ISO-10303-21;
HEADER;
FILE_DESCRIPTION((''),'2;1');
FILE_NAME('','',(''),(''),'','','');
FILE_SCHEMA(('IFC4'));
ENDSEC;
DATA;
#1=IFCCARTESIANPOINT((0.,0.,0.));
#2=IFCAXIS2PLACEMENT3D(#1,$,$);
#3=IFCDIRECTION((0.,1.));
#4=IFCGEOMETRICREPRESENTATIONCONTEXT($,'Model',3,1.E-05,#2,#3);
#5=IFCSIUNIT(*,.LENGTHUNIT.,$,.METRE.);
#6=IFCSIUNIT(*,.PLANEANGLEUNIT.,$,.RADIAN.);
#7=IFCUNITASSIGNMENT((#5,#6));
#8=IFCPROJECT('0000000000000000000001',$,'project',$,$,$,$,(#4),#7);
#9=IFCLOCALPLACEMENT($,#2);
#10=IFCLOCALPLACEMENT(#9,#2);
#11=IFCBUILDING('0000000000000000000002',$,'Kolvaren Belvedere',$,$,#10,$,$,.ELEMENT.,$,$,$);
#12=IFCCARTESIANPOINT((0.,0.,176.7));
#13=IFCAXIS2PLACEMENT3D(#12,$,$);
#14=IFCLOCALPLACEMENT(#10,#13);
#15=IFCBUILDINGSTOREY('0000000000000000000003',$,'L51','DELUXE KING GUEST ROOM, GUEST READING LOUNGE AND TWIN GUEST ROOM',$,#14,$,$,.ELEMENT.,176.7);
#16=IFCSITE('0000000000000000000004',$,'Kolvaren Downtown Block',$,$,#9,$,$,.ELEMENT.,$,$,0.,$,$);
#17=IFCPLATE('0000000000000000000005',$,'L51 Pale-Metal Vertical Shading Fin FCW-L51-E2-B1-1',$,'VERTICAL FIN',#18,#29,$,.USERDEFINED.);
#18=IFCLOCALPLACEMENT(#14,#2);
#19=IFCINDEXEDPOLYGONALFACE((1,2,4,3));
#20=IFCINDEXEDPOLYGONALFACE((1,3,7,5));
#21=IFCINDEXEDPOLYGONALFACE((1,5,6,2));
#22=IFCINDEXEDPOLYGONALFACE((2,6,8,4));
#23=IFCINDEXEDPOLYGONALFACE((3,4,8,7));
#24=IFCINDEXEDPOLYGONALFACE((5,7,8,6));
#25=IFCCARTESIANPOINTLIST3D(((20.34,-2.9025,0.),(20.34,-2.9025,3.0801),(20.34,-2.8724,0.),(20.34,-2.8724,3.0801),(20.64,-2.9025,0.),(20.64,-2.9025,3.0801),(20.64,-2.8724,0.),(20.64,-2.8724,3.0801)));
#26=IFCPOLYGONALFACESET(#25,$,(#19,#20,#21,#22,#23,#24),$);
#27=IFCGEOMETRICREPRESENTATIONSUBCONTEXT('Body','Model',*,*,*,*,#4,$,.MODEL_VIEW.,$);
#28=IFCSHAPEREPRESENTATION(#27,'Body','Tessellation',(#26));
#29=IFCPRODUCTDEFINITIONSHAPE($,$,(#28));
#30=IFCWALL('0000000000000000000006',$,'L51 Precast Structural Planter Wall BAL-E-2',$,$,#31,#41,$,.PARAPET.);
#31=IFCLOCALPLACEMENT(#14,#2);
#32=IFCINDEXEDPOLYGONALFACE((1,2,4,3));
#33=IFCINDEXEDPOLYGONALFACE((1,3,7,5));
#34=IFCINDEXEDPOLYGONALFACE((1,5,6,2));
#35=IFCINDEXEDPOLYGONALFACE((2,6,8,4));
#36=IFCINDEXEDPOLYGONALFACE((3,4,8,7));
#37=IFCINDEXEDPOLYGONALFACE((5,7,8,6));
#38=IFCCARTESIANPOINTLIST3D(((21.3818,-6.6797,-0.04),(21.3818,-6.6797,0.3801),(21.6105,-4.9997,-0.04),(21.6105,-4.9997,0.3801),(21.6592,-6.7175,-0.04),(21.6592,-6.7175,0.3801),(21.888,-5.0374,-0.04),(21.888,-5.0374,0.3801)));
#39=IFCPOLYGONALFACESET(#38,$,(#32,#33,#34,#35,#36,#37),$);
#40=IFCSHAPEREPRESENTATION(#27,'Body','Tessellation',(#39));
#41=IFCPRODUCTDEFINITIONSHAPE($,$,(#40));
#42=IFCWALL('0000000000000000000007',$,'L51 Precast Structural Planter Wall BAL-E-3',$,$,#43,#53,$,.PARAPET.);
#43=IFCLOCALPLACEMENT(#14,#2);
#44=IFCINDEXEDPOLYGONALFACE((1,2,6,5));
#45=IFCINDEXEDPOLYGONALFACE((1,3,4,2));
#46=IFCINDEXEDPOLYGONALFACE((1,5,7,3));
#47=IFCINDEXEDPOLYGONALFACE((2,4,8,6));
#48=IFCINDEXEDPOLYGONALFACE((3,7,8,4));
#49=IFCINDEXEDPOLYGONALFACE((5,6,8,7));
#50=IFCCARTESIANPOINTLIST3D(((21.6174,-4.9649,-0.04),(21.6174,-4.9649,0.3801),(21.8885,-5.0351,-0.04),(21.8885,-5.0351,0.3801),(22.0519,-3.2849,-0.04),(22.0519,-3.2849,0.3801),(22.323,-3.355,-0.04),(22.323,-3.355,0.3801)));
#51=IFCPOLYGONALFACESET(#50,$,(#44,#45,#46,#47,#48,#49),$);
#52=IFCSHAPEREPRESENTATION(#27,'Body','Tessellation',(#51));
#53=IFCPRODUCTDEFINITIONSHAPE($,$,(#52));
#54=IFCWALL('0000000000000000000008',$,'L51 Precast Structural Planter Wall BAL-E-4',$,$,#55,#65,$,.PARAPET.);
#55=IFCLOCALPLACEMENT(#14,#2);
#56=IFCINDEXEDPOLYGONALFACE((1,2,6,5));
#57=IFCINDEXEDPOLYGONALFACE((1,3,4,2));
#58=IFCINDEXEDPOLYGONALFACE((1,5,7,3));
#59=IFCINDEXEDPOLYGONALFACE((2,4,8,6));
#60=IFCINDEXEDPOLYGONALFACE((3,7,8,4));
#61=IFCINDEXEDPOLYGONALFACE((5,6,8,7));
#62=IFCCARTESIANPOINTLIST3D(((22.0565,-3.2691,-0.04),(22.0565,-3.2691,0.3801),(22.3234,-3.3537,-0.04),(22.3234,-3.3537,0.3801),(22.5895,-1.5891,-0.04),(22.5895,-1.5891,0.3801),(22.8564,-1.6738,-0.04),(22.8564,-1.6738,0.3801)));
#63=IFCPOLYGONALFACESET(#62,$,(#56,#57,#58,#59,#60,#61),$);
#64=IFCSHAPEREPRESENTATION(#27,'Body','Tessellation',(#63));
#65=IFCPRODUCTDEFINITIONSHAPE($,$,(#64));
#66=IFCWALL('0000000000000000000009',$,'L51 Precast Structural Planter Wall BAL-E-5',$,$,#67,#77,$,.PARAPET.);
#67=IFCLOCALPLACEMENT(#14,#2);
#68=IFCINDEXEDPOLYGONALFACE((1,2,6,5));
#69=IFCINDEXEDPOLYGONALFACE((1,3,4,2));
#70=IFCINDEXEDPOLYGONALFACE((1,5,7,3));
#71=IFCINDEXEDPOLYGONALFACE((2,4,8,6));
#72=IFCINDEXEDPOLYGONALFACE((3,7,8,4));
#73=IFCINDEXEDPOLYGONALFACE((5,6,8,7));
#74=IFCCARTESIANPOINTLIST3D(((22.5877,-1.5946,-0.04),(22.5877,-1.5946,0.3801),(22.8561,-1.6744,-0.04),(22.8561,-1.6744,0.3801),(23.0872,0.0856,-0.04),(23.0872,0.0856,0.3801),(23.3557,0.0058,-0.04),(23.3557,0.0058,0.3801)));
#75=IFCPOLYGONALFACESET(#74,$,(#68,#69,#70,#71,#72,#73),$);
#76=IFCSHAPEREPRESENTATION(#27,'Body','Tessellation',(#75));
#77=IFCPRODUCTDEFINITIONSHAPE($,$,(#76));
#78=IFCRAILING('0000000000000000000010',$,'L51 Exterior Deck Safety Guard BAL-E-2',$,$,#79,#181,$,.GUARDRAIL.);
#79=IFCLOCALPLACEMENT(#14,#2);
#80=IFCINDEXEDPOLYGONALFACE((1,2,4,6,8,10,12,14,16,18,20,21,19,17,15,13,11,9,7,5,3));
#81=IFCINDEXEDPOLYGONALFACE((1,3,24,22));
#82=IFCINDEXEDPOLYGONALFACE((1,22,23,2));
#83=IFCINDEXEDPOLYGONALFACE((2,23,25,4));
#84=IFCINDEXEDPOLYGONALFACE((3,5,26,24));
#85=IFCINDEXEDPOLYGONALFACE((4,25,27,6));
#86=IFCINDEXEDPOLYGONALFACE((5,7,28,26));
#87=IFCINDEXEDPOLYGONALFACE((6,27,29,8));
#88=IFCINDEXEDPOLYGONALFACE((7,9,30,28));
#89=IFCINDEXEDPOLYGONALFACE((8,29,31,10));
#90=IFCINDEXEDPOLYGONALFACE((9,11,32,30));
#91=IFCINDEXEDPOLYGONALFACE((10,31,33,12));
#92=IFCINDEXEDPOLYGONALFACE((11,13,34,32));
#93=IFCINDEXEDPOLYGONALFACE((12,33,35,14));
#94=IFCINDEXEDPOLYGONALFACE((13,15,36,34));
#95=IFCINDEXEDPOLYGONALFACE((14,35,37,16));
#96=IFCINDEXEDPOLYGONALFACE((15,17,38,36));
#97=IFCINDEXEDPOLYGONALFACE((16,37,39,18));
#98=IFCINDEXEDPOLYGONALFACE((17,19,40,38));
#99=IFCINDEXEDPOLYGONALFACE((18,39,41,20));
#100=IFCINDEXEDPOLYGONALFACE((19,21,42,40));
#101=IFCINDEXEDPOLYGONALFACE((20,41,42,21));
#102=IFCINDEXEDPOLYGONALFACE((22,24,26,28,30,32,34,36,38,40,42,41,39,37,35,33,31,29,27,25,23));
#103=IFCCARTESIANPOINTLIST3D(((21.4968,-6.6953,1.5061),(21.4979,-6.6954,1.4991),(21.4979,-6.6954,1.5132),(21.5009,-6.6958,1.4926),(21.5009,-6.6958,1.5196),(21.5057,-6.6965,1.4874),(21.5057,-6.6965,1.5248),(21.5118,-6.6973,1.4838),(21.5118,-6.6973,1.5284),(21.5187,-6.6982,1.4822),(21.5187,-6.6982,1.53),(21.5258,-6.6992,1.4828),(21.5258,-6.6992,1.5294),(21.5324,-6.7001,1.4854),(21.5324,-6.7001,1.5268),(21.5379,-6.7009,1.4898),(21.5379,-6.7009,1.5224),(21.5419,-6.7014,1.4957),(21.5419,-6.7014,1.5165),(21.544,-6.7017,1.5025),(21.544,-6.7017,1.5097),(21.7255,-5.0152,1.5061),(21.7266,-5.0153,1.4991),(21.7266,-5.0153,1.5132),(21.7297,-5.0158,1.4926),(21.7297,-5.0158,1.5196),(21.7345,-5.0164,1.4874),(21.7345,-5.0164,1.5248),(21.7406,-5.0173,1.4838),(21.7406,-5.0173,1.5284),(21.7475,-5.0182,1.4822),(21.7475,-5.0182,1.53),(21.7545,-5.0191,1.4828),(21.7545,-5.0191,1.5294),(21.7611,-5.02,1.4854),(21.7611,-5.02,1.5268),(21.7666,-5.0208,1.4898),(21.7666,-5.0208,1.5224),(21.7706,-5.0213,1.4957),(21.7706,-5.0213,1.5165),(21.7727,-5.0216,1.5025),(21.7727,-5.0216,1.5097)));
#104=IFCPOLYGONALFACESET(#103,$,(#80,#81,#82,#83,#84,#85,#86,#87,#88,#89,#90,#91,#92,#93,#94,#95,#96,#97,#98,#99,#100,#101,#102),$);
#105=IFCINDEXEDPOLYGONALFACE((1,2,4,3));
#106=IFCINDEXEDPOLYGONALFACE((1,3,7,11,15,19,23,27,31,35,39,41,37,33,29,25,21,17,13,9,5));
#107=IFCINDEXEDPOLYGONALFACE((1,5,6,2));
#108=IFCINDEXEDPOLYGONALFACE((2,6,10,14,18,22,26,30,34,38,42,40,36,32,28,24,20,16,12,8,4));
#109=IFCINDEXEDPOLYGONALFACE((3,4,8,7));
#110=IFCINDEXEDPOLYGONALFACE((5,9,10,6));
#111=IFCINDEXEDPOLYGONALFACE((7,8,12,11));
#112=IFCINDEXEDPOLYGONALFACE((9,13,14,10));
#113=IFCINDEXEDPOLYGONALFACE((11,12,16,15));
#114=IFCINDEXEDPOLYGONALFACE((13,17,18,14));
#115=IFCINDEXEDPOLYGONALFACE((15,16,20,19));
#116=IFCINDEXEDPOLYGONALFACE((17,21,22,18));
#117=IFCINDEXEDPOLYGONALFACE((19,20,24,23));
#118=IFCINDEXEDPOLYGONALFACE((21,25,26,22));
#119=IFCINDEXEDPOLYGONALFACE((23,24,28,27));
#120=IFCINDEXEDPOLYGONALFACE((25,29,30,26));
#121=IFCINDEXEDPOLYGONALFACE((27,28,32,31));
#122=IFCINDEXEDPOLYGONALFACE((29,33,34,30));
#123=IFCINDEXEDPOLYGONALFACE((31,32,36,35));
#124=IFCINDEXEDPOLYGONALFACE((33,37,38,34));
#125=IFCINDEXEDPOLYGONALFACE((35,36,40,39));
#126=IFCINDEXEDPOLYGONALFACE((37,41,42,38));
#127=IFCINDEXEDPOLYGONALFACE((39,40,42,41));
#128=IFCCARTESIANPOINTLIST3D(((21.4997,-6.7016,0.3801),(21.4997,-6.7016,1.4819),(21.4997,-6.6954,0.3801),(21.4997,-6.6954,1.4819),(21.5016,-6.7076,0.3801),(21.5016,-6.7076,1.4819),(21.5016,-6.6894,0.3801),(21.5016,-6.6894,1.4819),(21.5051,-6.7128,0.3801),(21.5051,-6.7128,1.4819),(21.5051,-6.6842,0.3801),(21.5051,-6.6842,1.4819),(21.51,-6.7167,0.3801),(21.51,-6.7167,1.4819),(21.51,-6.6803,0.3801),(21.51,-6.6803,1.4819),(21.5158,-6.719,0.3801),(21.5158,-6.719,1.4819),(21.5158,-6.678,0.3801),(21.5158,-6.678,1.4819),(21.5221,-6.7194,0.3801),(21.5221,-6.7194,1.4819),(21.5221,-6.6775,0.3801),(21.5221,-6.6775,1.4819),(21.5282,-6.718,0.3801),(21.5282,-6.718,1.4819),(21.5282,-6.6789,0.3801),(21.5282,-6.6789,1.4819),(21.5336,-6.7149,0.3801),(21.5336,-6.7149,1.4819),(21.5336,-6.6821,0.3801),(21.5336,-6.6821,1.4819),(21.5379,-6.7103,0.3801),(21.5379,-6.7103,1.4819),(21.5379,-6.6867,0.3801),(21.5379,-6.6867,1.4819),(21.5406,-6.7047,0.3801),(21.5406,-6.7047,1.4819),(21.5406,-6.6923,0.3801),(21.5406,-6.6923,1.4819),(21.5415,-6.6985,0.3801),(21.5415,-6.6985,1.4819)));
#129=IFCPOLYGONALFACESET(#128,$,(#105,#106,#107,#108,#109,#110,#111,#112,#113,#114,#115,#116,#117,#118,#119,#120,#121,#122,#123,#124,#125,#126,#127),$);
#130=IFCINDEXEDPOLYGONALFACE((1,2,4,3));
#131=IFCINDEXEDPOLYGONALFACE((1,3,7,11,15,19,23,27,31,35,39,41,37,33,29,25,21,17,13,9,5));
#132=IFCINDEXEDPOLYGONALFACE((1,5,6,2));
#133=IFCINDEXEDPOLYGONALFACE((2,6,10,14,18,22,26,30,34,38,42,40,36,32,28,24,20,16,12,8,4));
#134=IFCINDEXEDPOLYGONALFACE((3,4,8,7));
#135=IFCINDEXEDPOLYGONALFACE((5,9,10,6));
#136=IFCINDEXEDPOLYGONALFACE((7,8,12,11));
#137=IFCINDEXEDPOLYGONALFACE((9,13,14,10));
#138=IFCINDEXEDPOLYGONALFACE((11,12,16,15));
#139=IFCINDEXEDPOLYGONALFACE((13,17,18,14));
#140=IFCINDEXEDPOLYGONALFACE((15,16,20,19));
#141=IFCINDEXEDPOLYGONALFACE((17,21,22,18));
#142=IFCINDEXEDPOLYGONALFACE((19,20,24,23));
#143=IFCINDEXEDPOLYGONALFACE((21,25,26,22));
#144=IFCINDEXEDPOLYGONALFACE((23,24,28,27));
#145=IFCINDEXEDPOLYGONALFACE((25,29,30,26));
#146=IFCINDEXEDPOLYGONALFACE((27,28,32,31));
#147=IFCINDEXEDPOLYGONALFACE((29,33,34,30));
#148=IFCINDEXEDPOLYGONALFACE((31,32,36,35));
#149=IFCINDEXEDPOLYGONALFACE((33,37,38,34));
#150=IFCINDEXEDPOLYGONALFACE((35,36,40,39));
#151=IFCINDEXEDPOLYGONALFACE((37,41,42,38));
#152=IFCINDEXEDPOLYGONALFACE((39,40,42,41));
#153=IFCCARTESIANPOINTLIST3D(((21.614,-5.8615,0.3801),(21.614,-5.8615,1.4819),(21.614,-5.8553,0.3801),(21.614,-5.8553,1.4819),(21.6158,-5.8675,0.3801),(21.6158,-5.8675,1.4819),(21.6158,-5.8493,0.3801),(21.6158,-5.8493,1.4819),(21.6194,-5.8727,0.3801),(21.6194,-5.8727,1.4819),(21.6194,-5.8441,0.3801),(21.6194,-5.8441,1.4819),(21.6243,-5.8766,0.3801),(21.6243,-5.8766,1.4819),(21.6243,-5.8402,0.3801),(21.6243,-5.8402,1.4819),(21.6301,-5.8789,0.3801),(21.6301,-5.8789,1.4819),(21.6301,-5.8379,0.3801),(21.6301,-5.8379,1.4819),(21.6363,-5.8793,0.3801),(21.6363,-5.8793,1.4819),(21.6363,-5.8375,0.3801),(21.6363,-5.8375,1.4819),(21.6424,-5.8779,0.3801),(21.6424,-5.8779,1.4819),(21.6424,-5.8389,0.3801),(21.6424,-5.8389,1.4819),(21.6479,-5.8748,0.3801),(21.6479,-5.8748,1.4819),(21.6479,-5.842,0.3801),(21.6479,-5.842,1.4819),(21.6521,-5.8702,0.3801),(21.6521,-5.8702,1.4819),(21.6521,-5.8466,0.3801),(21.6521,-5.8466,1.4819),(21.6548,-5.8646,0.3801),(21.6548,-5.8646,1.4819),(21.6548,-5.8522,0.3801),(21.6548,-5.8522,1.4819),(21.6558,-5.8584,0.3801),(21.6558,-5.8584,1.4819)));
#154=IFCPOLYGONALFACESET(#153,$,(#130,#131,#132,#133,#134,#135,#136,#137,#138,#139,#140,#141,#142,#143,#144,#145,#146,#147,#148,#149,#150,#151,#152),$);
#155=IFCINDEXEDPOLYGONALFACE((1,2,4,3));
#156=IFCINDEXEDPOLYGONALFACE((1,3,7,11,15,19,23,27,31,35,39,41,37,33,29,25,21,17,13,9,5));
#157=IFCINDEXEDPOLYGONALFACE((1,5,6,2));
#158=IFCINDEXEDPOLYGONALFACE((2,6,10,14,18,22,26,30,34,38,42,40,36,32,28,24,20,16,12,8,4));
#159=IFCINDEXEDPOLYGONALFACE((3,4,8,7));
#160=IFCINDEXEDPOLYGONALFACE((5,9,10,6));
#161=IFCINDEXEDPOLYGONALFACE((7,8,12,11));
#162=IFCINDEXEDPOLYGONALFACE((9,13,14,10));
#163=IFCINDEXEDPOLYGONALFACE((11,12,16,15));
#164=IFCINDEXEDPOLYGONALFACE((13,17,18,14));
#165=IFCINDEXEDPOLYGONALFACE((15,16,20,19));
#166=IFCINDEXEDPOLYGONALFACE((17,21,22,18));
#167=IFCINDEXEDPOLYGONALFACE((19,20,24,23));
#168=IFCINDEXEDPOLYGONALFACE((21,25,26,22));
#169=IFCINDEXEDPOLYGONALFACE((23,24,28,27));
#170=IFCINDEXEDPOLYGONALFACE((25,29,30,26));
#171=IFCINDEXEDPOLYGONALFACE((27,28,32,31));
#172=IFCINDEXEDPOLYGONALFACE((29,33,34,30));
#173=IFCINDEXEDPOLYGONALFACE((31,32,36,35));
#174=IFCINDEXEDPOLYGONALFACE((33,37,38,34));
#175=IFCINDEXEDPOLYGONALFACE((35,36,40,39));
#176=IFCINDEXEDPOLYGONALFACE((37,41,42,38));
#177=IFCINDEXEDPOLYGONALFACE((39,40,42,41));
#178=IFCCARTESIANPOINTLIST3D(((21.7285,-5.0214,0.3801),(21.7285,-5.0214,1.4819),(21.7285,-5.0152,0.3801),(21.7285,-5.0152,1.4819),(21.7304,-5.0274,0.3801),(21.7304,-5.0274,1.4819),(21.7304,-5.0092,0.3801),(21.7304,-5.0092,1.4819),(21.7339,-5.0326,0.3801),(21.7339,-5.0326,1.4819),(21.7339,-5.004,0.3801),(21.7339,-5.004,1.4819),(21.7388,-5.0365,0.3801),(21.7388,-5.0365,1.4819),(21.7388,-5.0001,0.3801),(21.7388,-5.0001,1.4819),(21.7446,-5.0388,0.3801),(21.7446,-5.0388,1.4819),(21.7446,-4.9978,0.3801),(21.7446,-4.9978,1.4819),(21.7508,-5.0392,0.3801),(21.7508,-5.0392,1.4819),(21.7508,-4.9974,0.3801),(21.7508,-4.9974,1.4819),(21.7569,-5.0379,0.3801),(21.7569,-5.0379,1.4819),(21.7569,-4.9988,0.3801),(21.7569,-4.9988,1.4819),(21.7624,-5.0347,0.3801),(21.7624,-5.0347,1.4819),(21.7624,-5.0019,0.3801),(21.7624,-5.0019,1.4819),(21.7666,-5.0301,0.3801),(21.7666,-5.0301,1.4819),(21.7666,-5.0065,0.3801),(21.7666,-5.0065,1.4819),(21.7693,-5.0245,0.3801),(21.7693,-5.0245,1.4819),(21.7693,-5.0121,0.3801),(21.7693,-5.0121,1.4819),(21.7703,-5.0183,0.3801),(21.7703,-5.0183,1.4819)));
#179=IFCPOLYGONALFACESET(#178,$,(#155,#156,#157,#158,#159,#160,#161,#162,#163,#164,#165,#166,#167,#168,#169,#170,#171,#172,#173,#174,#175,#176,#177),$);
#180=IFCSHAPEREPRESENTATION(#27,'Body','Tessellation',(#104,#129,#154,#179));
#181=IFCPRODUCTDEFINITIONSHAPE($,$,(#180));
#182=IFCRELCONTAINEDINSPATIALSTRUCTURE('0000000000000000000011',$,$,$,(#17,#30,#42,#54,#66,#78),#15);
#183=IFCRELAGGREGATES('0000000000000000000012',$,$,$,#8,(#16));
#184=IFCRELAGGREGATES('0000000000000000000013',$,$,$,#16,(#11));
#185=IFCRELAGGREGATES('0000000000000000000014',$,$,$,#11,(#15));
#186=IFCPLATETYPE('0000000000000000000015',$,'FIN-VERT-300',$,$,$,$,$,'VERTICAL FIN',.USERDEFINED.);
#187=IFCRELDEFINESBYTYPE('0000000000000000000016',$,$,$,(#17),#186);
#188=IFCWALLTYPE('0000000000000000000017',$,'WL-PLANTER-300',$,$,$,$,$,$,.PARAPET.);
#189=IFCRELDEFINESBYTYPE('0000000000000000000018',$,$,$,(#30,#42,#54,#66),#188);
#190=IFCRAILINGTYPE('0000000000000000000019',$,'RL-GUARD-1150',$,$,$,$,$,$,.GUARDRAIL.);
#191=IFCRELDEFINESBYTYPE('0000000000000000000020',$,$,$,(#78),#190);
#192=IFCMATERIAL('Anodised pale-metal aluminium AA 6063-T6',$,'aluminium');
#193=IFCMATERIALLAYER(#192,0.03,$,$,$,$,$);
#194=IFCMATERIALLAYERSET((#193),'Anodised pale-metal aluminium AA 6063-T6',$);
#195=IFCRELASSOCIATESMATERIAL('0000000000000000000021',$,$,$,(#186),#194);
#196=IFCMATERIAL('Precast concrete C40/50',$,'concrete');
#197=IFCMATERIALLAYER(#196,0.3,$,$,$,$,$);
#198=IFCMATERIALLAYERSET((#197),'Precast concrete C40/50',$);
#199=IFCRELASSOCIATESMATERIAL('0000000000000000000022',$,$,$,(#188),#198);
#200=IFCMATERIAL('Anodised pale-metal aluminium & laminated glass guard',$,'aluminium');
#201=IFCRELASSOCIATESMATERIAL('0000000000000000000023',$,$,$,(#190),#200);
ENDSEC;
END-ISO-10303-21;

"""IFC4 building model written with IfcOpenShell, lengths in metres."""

from ifc_helpers import new_model, si_unit, direction, frame, frame_2d, origin, origin_2d, place, context, subcontext, project, spatial, rectangle, circle, extrude, material, layer, layer_set, type_object, element, save


model = new_model("IFC4")

# Units and contexts
model_context = context("Model", 3, precision=1e-05, world=origin(), true_north=direction((0.0, 1.0)))
body_context = subcontext(model_context, "Body", "Model", "MODEL_VIEW")
ifc_project = project(units=[si_unit("LENGTHUNIT", "METRE"), si_unit("PLANEANGLEUNIT", "RADIAN")], contexts=[model_context])

# Site, building, storey
site_placement = place(None, origin())
site = spatial("IfcSite", under=ifc_project, at=site_placement, Name="Kolvaren Downtown Block", CompositionType="ELEMENT", RefElevation=0.0)
building_placement = place(site_placement, origin())
building = spatial("IfcBuilding", under=site, at=building_placement, Name="Kolvaren Belvedere", CompositionType="ELEMENT")
storey_placement = place(building_placement, frame((0.0, 0.0, 176.7)))
storey = spatial("IfcBuildingStorey", under=building, at=storey_placement, Name="L51", Description="DELUXE KING GUEST ROOM, GUEST READING LOUNGE AND TWIN GUEST ROOM", CompositionType="ELEMENT", Elevation=176.7)

# Plate
ifc_material_1 = material(Name="Anodised pale-metal aluminium AA 6063-T6", Category="aluminium")
ifc_layer_1 = layer(ifc_material_1, 0.03)
ifc_layer_set_1 = layer_set([ifc_layer_1], Name="Anodised pale-metal aluminium AA 6063-T6")
plate_type_1 = type_object("IfcPlateType", Name="FIN-VERT-300", ElementType="VERTICAL FIN", PredefinedType="USERDEFINED", material=ifc_layer_set_1)
plate_1_placement = place(storey_placement, frame((20.49, -2.8875, 0.0), z_axis=(0.0, 0.0, 1.0), x_axis=(1.0, 0.0, 0.0)))
element("IfcPlate", 1, at=plate_1_placement, inside=storey, type_object=plate_type_1, Name="L51 Pale-Metal Vertical Shading Fin FCW-L51-E2-B1-1", ObjectType="VERTICAL FIN", PredefinedType="USERDEFINED", context=body_context, shape_type="SweptSolid", body=[
    extrude(rectangle(XDim=0.3, YDim=0.03, at=origin_2d()), origin(), (0.0, 0.0, 1.0), 3.0801),
])

# Walls
ifc_material_2 = material(Name="Precast concrete C40/50", Category="concrete")
ifc_layer_2 = layer(ifc_material_2, 0.3)
ifc_layer_set_2 = layer_set([ifc_layer_2], Name="Precast concrete C40/50")
wall_type = type_object("IfcWallType", Name="WL-PLANTER-300", PredefinedType="PARAPET", material=ifc_layer_set_2)
wall_1_placement = place(storey_placement, frame((21.5205, -6.6985, -0.04), z_axis=(0.0, 0.0, 1.0), x_axis=(0.134908, 0.990858, 0.0)))
element("IfcWall", 2, at=wall_1_placement, inside=storey, type_object=wall_type, Name="L51 Precast Structural Planter Wall BAL-E-2", PredefinedType="PARAPET", context=body_context, shape_type="SweptSolid", body=[
    extrude(rectangle(XDim=1.6956, YDim=0.28, at=frame_2d((0.8477, 0.0))), origin(), (0.0, 0.0, 1.0), 0.4202),
])
wall_2_placement = place(storey_placement, frame((21.7529, -5.0, -0.04), z_axis=(0.0, 0.0, 1.0), x_axis=(0.250406, 0.968141, 0.0)))
element("IfcWall", 3, at=wall_2_placement, inside=storey, type_object=wall_type, Name="L51 Precast Structural Planter Wall BAL-E-3", PredefinedType="PARAPET", context=body_context, shape_type="SweptSolid", body=[
    extrude(rectangle(XDim=1.7354, YDim=0.28, at=frame_2d((0.8677, 0.0))), origin(), (0.0, 0.0, 1.0), 0.4202),
])
wall_3_placement = place(storey_placement, frame((22.1899, -3.3115, -0.04), z_axis=(0.0, 0.0, 1.0), x_axis=(0.302397, 0.953182, 0.0)))
element("IfcWall", 4, at=wall_3_placement, inside=storey, type_object=wall_type, Name="L51 Precast Structural Planter Wall BAL-E-4", PredefinedType="PARAPET", context=body_context, shape_type="SweptSolid", body=[
    extrude(rectangle(XDim=1.7625, YDim=0.28, at=frame_2d((0.8813, 0.0))), origin(), (0.0, 0.0, 1.0), 0.4202),
])
wall_4_placement = place(storey_placement, frame((22.7219, -1.6345, -0.04), z_axis=(0.0, 0.0, 1.0), x_axis=(0.28497, 0.958536, 0.0)))
element("IfcWall", 5, at=wall_4_placement, inside=storey, type_object=wall_type, Name="L51 Precast Structural Planter Wall BAL-E-5", PredefinedType="PARAPET", context=body_context, shape_type="SweptSolid", body=[
    extrude(rectangle(XDim=1.7529, YDim=0.28, at=frame_2d((0.8765, 0.0))), origin(), (0.0, 0.0, 1.0), 0.4202),
])

# Railing
ifc_material_3 = material(Name="Anodised pale-metal aluminium & laminated glass guard", Category="aluminium")
railing_type = type_object("IfcRailingType", Name="RL-GUARD-1150", PredefinedType="GUARDRAIL", material=ifc_material_3)
railing_1_placement = place(storey_placement, frame((21.5205, -6.6985, 0.3801)))
element("IfcRailing", 6, at=railing_1_placement, inside=storey, type_object=railing_type, Name="L51 Exterior Deck Safety Guard BAL-E-2", PredefinedType="GUARDRAIL", context=body_context, shape_type="SweptSolid", body=[
    extrude(circle(Radius=0.0239, at=origin_2d()), frame((0.0, 0.0, 1.126), z_axis=(0.134908, 0.990858, 0.0), x_axis=(-0.990858, 0.134908, 0.0)), (0.0, 0.0, 1.0), 1.6956),
    extrude(circle(Radius=0.021, at=origin_2d()), origin(), (0.0, 0.0, 1.0), 1.1018),
    extrude(circle(Radius=0.021, at=origin_2d()), frame((0.1143, 0.8401, 0.0)), (0.0, 0.0, 1.0), 1.1018),
    extrude(circle(Radius=0.021, at=origin_2d()), frame((0.2288, 1.6802, 0.0)), (0.0, 0.0, 1.0), 1.1018),
])

save(model, "model.ifc")
